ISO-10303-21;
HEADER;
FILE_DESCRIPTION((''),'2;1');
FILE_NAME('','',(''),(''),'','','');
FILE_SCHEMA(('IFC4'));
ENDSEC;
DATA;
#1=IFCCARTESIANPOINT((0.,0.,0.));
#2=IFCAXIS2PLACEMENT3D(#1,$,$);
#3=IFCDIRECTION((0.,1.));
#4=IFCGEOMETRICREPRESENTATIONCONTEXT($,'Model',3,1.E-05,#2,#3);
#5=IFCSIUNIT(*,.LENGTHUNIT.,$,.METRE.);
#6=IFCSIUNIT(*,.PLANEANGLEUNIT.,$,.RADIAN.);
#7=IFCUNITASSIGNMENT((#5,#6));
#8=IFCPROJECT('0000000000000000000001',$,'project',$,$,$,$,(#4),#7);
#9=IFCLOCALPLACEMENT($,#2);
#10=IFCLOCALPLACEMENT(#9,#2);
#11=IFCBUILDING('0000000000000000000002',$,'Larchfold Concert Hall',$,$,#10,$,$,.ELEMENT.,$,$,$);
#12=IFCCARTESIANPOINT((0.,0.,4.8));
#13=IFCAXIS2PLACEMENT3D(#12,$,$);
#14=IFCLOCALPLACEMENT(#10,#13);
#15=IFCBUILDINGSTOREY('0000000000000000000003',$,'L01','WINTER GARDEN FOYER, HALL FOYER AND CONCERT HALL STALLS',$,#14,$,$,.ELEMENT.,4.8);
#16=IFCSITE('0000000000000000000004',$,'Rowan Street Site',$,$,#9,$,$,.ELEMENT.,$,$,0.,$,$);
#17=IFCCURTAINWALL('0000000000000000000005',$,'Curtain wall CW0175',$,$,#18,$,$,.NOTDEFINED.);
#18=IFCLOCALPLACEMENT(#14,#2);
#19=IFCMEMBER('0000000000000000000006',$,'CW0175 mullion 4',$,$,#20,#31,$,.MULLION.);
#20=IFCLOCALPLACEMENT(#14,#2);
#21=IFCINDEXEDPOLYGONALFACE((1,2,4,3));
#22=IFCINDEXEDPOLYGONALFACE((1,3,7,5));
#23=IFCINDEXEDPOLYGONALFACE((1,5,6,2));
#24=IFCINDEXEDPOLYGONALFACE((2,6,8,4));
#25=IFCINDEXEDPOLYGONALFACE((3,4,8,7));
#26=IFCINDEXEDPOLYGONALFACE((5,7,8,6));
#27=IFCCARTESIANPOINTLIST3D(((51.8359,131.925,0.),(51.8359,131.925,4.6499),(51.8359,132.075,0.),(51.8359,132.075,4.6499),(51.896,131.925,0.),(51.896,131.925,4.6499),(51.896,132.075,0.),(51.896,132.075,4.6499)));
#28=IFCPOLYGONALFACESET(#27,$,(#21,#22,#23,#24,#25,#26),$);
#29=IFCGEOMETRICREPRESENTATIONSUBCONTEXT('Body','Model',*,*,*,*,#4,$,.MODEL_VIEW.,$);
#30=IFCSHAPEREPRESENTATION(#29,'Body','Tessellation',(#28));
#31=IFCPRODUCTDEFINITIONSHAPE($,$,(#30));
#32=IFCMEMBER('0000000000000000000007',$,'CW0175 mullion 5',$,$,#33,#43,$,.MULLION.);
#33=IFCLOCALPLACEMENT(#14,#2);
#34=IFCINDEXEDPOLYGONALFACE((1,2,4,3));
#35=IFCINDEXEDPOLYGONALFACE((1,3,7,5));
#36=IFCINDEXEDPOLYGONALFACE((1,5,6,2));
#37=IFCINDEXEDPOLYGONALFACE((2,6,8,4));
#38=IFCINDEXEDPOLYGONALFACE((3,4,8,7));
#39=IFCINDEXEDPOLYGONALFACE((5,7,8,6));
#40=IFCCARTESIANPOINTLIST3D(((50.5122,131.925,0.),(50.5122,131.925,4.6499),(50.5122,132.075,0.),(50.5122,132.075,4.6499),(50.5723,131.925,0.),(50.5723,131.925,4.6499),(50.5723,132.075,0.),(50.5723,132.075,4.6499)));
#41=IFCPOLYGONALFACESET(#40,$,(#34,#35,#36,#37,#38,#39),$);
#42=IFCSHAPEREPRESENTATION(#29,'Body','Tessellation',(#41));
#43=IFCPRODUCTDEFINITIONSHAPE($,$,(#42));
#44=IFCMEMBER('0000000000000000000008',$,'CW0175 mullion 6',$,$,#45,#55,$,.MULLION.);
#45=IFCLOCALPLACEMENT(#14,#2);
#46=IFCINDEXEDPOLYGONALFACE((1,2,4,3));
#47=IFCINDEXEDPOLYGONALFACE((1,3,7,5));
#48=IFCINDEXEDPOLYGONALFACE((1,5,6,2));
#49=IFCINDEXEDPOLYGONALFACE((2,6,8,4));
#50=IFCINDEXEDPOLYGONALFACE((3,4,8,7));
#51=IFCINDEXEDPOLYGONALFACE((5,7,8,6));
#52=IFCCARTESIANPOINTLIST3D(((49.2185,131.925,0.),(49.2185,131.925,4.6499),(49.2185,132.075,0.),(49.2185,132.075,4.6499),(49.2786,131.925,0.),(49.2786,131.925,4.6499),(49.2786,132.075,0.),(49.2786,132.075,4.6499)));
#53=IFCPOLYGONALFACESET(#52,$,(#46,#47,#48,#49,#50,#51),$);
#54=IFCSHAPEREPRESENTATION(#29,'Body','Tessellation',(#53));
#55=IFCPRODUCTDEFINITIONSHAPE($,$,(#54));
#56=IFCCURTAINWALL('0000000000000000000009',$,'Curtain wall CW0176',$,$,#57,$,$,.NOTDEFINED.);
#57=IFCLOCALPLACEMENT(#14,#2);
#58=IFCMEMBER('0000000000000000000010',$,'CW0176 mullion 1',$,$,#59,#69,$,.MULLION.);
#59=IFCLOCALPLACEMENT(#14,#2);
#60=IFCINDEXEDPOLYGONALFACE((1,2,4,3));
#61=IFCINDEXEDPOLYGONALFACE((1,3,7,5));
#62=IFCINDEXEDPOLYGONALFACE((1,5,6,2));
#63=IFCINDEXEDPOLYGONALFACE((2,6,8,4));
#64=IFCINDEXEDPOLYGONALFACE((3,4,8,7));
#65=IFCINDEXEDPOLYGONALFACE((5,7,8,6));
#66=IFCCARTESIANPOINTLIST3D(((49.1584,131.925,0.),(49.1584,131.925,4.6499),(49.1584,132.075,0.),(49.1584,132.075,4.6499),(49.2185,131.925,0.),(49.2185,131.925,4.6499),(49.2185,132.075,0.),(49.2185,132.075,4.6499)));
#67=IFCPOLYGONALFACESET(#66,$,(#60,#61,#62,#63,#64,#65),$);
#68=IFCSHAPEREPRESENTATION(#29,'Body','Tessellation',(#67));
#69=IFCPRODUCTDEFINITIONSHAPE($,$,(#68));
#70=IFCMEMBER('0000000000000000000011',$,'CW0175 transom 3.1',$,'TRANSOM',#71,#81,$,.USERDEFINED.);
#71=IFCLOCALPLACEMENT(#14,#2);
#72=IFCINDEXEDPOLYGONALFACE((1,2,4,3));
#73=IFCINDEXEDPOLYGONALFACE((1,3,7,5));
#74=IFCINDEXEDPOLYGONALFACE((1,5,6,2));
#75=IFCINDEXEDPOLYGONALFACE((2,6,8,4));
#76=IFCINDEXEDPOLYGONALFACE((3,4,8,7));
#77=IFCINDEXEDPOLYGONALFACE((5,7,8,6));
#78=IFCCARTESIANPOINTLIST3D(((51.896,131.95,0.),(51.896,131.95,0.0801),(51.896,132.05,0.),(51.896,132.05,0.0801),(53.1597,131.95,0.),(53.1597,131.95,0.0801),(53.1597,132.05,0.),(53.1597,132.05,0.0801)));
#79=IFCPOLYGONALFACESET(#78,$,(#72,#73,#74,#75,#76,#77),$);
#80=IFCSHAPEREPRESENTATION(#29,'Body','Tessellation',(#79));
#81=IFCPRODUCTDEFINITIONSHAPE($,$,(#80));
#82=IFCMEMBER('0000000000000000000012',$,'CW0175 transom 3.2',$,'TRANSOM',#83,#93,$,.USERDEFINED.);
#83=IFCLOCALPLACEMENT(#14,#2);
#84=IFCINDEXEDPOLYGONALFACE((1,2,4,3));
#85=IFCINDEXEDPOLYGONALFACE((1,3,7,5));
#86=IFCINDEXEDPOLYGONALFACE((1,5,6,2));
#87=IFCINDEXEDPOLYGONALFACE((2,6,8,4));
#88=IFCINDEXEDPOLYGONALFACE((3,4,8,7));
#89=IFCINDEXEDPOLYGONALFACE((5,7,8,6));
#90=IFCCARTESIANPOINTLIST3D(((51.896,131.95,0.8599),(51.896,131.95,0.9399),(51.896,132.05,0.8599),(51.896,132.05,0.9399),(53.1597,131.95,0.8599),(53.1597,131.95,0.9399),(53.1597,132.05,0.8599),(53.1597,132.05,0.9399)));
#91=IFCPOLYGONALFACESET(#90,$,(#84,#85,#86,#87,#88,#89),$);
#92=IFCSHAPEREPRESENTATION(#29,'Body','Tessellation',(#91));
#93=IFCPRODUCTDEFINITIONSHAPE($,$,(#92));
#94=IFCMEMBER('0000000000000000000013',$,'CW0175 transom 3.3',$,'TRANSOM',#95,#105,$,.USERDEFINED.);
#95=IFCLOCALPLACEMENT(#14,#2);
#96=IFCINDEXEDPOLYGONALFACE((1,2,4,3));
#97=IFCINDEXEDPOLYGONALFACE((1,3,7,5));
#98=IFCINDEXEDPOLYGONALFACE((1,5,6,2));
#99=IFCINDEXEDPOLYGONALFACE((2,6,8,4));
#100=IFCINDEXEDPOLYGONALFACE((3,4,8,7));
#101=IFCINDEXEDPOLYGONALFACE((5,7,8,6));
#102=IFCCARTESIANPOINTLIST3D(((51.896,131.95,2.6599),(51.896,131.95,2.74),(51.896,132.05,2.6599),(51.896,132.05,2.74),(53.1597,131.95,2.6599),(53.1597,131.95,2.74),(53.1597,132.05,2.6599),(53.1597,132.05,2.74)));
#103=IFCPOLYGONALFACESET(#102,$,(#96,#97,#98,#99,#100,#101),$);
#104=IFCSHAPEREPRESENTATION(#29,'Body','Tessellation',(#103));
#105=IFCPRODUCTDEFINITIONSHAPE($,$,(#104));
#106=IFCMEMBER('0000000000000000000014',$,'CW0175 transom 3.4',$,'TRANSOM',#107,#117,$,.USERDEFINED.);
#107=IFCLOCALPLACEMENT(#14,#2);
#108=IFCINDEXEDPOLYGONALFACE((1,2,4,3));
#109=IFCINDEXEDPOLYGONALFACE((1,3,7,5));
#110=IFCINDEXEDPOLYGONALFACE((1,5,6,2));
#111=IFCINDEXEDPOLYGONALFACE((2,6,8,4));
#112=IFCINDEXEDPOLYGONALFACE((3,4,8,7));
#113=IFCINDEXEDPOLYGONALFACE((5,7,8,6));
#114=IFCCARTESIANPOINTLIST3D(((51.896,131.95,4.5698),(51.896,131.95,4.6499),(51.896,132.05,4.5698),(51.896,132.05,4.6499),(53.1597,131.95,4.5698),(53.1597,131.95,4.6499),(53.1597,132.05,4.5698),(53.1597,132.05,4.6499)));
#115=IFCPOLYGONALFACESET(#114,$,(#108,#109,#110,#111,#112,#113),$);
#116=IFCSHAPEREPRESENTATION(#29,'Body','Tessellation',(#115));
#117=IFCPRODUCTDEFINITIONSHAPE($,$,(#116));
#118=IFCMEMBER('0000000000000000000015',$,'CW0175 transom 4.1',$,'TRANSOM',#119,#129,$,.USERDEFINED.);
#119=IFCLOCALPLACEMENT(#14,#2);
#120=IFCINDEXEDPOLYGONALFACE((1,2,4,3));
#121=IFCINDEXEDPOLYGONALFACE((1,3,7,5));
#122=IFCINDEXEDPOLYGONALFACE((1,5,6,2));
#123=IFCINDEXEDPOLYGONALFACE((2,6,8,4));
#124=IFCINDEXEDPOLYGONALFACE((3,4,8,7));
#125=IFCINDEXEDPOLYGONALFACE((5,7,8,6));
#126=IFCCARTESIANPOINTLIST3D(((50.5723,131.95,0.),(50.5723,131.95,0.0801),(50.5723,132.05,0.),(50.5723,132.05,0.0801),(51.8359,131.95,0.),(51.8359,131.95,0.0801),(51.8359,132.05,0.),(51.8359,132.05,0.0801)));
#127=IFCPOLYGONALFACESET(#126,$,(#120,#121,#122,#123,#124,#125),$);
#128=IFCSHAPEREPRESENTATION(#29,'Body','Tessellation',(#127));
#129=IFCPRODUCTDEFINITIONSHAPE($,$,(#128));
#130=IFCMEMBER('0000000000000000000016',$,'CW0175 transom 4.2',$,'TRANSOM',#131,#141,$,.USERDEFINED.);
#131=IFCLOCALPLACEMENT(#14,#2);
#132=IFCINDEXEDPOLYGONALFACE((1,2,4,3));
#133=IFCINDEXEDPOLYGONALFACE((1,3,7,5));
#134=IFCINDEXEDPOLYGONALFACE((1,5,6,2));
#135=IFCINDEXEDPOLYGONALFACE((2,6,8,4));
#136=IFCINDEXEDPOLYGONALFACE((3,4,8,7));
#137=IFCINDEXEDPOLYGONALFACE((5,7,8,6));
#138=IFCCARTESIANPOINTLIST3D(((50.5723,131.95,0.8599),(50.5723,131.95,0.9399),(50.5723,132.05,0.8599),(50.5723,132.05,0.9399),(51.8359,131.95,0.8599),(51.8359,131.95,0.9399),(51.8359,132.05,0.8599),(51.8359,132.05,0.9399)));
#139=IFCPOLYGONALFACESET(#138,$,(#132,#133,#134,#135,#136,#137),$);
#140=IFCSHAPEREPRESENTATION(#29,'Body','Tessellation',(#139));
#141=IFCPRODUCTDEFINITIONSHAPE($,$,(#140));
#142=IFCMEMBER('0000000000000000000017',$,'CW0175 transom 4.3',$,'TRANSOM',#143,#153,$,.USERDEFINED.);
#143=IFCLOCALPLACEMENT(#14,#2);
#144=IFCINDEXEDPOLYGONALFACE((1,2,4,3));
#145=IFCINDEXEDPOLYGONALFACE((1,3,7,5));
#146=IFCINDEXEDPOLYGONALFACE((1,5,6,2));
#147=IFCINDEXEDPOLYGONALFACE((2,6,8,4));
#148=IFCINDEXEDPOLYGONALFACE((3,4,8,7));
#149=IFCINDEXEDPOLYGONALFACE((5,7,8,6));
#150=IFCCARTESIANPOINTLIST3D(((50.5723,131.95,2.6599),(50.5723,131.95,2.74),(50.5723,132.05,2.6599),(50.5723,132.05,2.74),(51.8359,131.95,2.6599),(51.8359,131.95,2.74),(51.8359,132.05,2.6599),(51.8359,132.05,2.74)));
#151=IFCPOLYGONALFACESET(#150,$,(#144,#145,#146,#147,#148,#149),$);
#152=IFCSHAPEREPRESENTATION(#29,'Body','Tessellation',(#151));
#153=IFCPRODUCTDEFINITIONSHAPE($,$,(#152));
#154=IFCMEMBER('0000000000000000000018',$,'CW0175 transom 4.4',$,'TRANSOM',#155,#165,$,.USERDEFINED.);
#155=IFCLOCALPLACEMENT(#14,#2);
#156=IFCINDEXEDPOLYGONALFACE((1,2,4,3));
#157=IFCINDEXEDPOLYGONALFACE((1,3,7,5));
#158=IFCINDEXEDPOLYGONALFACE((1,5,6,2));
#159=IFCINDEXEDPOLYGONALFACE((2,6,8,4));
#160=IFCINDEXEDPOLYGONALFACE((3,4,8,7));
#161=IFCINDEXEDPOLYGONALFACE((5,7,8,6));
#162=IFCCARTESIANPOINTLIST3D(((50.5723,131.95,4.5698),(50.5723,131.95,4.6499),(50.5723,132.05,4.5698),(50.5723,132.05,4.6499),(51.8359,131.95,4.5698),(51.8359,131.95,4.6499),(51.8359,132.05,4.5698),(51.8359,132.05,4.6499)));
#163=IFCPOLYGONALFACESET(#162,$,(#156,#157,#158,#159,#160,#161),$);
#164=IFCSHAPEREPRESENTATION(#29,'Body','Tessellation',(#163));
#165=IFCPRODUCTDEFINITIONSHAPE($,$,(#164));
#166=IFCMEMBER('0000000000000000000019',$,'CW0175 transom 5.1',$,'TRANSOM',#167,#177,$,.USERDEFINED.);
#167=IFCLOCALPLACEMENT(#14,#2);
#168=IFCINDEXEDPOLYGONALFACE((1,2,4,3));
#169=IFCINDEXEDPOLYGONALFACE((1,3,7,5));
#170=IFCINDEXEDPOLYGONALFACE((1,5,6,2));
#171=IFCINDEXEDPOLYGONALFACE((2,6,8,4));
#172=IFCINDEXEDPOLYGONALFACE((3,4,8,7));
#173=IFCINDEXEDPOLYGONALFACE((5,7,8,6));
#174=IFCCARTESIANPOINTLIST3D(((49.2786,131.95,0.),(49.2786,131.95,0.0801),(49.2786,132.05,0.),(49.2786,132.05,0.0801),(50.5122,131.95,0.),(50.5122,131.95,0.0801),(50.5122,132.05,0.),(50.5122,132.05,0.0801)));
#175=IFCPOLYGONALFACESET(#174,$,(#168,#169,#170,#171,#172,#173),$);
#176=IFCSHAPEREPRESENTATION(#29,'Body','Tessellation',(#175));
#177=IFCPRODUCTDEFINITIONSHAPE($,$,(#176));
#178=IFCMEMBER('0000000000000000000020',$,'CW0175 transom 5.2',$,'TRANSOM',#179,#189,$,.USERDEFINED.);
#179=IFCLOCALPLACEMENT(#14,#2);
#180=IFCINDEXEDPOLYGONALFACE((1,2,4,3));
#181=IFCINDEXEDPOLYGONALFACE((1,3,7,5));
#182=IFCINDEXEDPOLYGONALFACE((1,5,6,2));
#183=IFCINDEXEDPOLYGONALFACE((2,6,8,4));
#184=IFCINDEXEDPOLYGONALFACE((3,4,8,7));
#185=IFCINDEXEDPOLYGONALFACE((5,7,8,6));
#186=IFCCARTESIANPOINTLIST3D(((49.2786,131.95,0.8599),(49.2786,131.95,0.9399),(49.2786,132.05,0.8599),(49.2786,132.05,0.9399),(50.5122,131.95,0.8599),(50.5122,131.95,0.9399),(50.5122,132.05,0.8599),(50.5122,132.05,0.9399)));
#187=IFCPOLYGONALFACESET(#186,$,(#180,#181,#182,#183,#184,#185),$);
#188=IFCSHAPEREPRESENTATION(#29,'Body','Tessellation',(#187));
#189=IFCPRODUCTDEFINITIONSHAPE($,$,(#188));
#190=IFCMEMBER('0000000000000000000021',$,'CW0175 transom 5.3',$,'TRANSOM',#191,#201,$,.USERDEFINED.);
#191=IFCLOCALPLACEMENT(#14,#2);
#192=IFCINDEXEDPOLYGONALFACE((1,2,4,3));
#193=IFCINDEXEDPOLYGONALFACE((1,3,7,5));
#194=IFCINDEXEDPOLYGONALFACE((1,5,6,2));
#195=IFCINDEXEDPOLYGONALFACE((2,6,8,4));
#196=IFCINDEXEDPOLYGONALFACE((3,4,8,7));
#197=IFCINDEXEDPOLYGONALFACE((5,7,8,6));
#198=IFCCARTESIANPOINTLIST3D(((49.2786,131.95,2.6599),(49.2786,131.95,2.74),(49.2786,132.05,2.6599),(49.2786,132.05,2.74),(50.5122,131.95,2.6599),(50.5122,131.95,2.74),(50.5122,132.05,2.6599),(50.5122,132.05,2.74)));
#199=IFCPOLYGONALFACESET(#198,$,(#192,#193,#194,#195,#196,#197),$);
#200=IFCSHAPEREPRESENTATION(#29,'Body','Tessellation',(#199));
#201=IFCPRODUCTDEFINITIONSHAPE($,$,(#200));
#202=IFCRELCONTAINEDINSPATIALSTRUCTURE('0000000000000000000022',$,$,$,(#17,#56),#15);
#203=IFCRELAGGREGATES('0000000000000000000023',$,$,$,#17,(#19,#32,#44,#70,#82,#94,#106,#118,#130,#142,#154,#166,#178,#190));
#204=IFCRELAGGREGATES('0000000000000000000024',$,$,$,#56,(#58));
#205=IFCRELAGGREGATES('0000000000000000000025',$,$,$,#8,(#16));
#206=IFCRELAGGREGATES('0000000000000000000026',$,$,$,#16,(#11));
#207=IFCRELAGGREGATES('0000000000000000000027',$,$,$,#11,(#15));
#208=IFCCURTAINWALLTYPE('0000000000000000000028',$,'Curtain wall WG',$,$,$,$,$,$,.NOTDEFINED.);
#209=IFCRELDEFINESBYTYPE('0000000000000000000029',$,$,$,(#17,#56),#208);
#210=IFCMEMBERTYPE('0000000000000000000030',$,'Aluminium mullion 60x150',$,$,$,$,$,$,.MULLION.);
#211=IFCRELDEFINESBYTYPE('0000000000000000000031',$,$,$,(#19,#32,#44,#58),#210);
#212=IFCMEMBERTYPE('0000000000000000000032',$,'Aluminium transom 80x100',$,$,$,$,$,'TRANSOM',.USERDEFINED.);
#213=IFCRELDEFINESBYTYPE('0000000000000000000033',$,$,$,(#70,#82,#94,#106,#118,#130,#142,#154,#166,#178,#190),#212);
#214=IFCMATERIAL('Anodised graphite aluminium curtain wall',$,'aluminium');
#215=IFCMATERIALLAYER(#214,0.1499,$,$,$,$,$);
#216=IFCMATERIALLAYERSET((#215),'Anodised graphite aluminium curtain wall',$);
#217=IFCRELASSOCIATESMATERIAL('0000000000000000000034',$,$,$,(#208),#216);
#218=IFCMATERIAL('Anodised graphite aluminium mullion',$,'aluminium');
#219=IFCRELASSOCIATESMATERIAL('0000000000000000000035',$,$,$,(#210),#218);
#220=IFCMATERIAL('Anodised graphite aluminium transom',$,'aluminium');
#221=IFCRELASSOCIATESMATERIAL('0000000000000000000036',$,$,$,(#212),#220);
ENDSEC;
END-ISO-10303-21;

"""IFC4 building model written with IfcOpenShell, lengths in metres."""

from ifc_helpers import new_model, si_unit, direction, frame, origin, origin_2d, place, context, subcontext, project, spatial, rectangle, extrude, material, layer, layer_set, material_profile, profile_set, type_object, element, aggregate, save


model = new_model("IFC4")

# Units and contexts
model_context = context("Model", 3, precision=1e-05, world=origin(), true_north=direction((0.0, 1.0)))
body_context = subcontext(model_context, "Body", "Model", "MODEL_VIEW")
ifc_project = project(units=[si_unit("LENGTHUNIT", "METRE"), si_unit("PLANEANGLEUNIT", "RADIAN")], contexts=[model_context])

# Site, building, storey
site_placement = place(None, origin())
site = spatial("IfcSite", under=ifc_project, at=site_placement, Name="Rowan Street Site", CompositionType="ELEMENT", RefElevation=0.0)
building_placement = place(site_placement, origin())
building = spatial("IfcBuilding", under=site, at=building_placement, Name="Larchfold Concert Hall", CompositionType="ELEMENT")
storey_placement = place(building_placement, frame((0.0, 0.0, 4.8)))
storey = spatial("IfcBuildingStorey", under=building, at=storey_placement, Name="L01", Description="WINTER GARDEN FOYER, HALL FOYER AND CONCERT HALL STALLS", CompositionType="ELEMENT", Elevation=4.8)

# Curtain wall, members
ifc_material_1 = material(Name="Anodised graphite aluminium curtain wall", Category="aluminium")
ifc_layer_1 = layer(ifc_material_1, 0.1499)
ifc_layer_set_1 = layer_set([ifc_layer_1], Name="Anodised graphite aluminium curtain wall")
curtain_wall_type = type_object("IfcCurtainWallType", Name="Curtain wall WG", PredefinedType="NOTDEFINED", material=ifc_layer_set_1)
curtain_wall_1_placement = place(storey_placement, origin())
curtain_wall_1 = element("IfcCurtainWall", 1, at=curtain_wall_1_placement, inside=storey, type_object=curtain_wall_type, Name="Curtain wall CW0175", PredefinedType="NOTDEFINED")
ifc_material_2 = material(Name="Anodised graphite aluminium mullion", Category="aluminium")
ifc_material_profile_1 = material_profile(ifc_material_2, rectangle(XDim=0.1499, YDim=0.0601, at=origin_2d()))
ifc_profile_set_1 = profile_set([ifc_material_profile_1], Name="Anodised graphite aluminium mullion")
member_type_1 = type_object("IfcMemberType", Name="Aluminium mullion 60x150", PredefinedType="MULLION", material=ifc_profile_set_1)
member_1_placement = place(storey_placement, frame((51.866, 132.0, 0.0), z_axis=(0.0, 0.0, 1.0), x_axis=(0.0, -1.0, 0.0)))
member_1 = element("IfcMember", 2, at=member_1_placement, type_object=member_type_1, Name="CW0175 mullion 4", PredefinedType="MULLION", context=body_context, shape_type="SweptSolid", body=[
    extrude(rectangle(XDim=0.1499, YDim=0.0601, at=origin_2d()), origin(), (0.0, 0.0, 1.0), 4.6499),
])
member_2_placement = place(storey_placement, frame((50.5422, 132.0, 0.0), z_axis=(0.0, 0.0, 1.0), x_axis=(0.0, -1.0, 0.0)))
member_2 = element("IfcMember", 3, at=member_2_placement, type_object=member_type_1, Name="CW0175 mullion 5", PredefinedType="MULLION", context=body_context, shape_type="SweptSolid", body=[
    extrude(rectangle(XDim=0.1499, YDim=0.0601, at=origin_2d()), origin(), (0.0, 0.0, 1.0), 4.6499),
])
member_3_placement = place(storey_placement, frame((49.2485, 132.0, 0.0), z_axis=(0.0, 0.0, 1.0), x_axis=(0.0, -1.0, 0.0)))
member_3 = element("IfcMember", 4, at=member_3_placement, type_object=member_type_1, Name="CW0175 mullion 6", PredefinedType="MULLION", context=body_context, shape_type="SweptSolid", body=[
    extrude(rectangle(XDim=0.1499, YDim=0.0601, at=origin_2d()), origin(), (0.0, 0.0, 1.0), 4.6499),
])

# Curtain wall, member
curtain_wall_2_placement = place(storey_placement, origin())
curtain_wall_2 = element("IfcCurtainWall", 5, at=curtain_wall_2_placement, inside=storey, type_object=curtain_wall_type, Name="Curtain wall CW0176", PredefinedType="NOTDEFINED")
member_4_placement = place(storey_placement, frame((49.1885, 132.0, 0.0), z_axis=(0.0, 0.0, 1.0), x_axis=(0.0, -1.0, 0.0)))
member_4 = element("IfcMember", 6, at=member_4_placement, type_object=member_type_1, Name="CW0176 mullion 1", PredefinedType="MULLION", context=body_context, shape_type="SweptSolid", body=[
    extrude(rectangle(XDim=0.1499, YDim=0.0601, at=origin_2d()), origin(), (0.0, 0.0, 1.0), 4.6499),
])

# Members
ifc_material_3 = material(Name="Anodised graphite aluminium transom", Category="aluminium")
ifc_material_profile_2 = material_profile(ifc_material_3, rectangle(XDim=0.1001, YDim=0.0801, at=origin_2d()))
ifc_profile_set_2 = profile_set([ifc_material_profile_2], Name="Anodised graphite aluminium transom")
member_type_2 = type_object("IfcMemberType", Name="Aluminium transom 80x100", ElementType="TRANSOM", PredefinedType="USERDEFINED", material=ifc_profile_set_2)
member_5_placement = place(storey_placement, frame((53.1597, 132.0, 0.04), z_axis=(-1.0, 0.0, 0.0), x_axis=(0.0, -1.0, 0.0)))
member_5 = element("IfcMember", 7, at=member_5_placement, type_object=member_type_2, Name="CW0175 transom 3.1", ObjectType="TRANSOM", PredefinedType="USERDEFINED", context=body_context, shape_type="SweptSolid", body=[
    extrude(rectangle(XDim=0.1001, YDim=0.0801, at=origin_2d()), origin(), (0.0, 0.0, 1.0), 1.2637),
])
member_6_placement = place(storey_placement, frame((53.1597, 132.0, 0.8999), z_axis=(-1.0, 0.0, 0.0), x_axis=(0.0, -1.0, 0.0)))
member_6 = element("IfcMember", 8, at=member_6_placement, type_object=member_type_2, Name="CW0175 transom 3.2", ObjectType="TRANSOM", PredefinedType="USERDEFINED", context=body_context, shape_type="SweptSolid", body=[
    extrude(rectangle(XDim=0.1001, YDim=0.0801, at=origin_2d()), origin(), (0.0, 0.0, 1.0), 1.2637),
])
member_7_placement = place(storey_placement, frame((53.1597, 132.0, 2.7), z_axis=(-1.0, 0.0, 0.0), x_axis=(0.0, -1.0, 0.0)))
member_7 = element("IfcMember", 9, at=member_7_placement, type_object=member_type_2, Name="CW0175 transom 3.3", ObjectType="TRANSOM", PredefinedType="USERDEFINED", context=body_context, shape_type="SweptSolid", body=[
    extrude(rectangle(XDim=0.1001, YDim=0.0801, at=origin_2d()), origin(), (0.0, 0.0, 1.0), 1.2637),
])
member_8_placement = place(storey_placement, frame((53.1597, 132.0, 4.6099), z_axis=(-1.0, 0.0, 0.0), x_axis=(0.0, -1.0, 0.0)))
member_8 = element("IfcMember", 10, at=member_8_placement, type_object=member_type_2, Name="CW0175 transom 3.4", ObjectType="TRANSOM", PredefinedType="USERDEFINED", context=body_context, shape_type="SweptSolid", body=[
    extrude(rectangle(XDim=0.1001, YDim=0.0801, at=origin_2d()), origin(), (0.0, 0.0, 1.0), 1.2637),
])
member_9_placement = place(storey_placement, frame((51.8359, 132.0, 0.04), z_axis=(-1.0, 0.0, 0.0), x_axis=(0.0, -1.0, 0.0)))
member_9 = element("IfcMember", 11, at=member_9_placement, type_object=member_type_2, Name="CW0175 transom 4.1", ObjectType="TRANSOM", PredefinedType="USERDEFINED", context=body_context, shape_type="SweptSolid", body=[
    extrude(rectangle(XDim=0.1001, YDim=0.0801, at=origin_2d()), origin(), (0.0, 0.0, 1.0), 1.2637),
])
member_10_placement = place(storey_placement, frame((51.8359, 132.0, 0.8999), z_axis=(-1.0, 0.0, 0.0), x_axis=(0.0, -1.0, 0.0)))
member_10 = element("IfcMember", 12, at=member_10_placement, type_object=member_type_2, Name="CW0175 transom 4.2", ObjectType="TRANSOM", PredefinedType="USERDEFINED", context=body_context, shape_type="SweptSolid", body=[
    extrude(rectangle(XDim=0.1001, YDim=0.0801, at=origin_2d()), origin(), (0.0, 0.0, 1.0), 1.2637),
])
member_11_placement = place(storey_placement, frame((51.8359, 132.0, 2.7), z_axis=(-1.0, 0.0, 0.0), x_axis=(0.0, -1.0, 0.0)))
member_11 = element("IfcMember", 13, at=member_11_placement, type_object=member_type_2, Name="CW0175 transom 4.3", ObjectType="TRANSOM", PredefinedType="USERDEFINED", context=body_context, shape_type="SweptSolid", body=[
    extrude(rectangle(XDim=0.1001, YDim=0.0801, at=origin_2d()), origin(), (0.0, 0.0, 1.0), 1.2637),
])
member_12_placement = place(storey_placement, frame((51.8359, 132.0, 4.6099), z_axis=(-1.0, 0.0, 0.0), x_axis=(0.0, -1.0, 0.0)))
member_12 = element("IfcMember", 14, at=member_12_placement, type_object=member_type_2, Name="CW0175 transom 4.4", ObjectType="TRANSOM", PredefinedType="USERDEFINED", context=body_context, shape_type="SweptSolid", body=[
    extrude(rectangle(XDim=0.1001, YDim=0.0801, at=origin_2d()), origin(), (0.0, 0.0, 1.0), 1.2637),
])
member_13_placement = place(storey_placement, frame((50.5122, 132.0, 0.04), z_axis=(-1.0, 0.0, 0.0), x_axis=(0.0, -1.0, 0.0)))
member_13 = element("IfcMember", 15, at=member_13_placement, type_object=member_type_2, Name="CW0175 transom 5.1", ObjectType="TRANSOM", PredefinedType="USERDEFINED", context=body_context, shape_type="SweptSolid", body=[
    extrude(rectangle(XDim=0.1001, YDim=0.0801, at=origin_2d()), origin(), (0.0, 0.0, 1.0), 1.2336),
])
member_14_placement = place(storey_placement, frame((50.5122, 132.0, 0.8999), z_axis=(-1.0, 0.0, 0.0), x_axis=(0.0, -1.0, 0.0)))
member_14 = element("IfcMember", 16, at=member_14_placement, type_object=member_type_2, Name="CW0175 transom 5.2", ObjectType="TRANSOM", PredefinedType="USERDEFINED", context=body_context, shape_type="SweptSolid", body=[
    extrude(rectangle(XDim=0.1001, YDim=0.0801, at=origin_2d()), origin(), (0.0, 0.0, 1.0), 1.2336),
])
member_15_placement = place(storey_placement, frame((50.5122, 132.0, 2.7), z_axis=(-1.0, 0.0, 0.0), x_axis=(0.0, -1.0, 0.0)))
member_15 = element("IfcMember", 17, at=member_15_placement, type_object=member_type_2, Name="CW0175 transom 5.3", ObjectType="TRANSOM", PredefinedType="USERDEFINED", context=body_context, shape_type="SweptSolid", body=[
    extrude(rectangle(XDim=0.1001, YDim=0.0801, at=origin_2d()), origin(), (0.0, 0.0, 1.0), 1.2336),
])

aggregate(curtain_wall_1, [member_1, member_2, member_3, member_5, member_6, member_7, member_8, member_9, member_10, member_11, member_12, member_13, member_14, member_15])
aggregate(curtain_wall_2, [member_4])

save(model, "model.ifc")
